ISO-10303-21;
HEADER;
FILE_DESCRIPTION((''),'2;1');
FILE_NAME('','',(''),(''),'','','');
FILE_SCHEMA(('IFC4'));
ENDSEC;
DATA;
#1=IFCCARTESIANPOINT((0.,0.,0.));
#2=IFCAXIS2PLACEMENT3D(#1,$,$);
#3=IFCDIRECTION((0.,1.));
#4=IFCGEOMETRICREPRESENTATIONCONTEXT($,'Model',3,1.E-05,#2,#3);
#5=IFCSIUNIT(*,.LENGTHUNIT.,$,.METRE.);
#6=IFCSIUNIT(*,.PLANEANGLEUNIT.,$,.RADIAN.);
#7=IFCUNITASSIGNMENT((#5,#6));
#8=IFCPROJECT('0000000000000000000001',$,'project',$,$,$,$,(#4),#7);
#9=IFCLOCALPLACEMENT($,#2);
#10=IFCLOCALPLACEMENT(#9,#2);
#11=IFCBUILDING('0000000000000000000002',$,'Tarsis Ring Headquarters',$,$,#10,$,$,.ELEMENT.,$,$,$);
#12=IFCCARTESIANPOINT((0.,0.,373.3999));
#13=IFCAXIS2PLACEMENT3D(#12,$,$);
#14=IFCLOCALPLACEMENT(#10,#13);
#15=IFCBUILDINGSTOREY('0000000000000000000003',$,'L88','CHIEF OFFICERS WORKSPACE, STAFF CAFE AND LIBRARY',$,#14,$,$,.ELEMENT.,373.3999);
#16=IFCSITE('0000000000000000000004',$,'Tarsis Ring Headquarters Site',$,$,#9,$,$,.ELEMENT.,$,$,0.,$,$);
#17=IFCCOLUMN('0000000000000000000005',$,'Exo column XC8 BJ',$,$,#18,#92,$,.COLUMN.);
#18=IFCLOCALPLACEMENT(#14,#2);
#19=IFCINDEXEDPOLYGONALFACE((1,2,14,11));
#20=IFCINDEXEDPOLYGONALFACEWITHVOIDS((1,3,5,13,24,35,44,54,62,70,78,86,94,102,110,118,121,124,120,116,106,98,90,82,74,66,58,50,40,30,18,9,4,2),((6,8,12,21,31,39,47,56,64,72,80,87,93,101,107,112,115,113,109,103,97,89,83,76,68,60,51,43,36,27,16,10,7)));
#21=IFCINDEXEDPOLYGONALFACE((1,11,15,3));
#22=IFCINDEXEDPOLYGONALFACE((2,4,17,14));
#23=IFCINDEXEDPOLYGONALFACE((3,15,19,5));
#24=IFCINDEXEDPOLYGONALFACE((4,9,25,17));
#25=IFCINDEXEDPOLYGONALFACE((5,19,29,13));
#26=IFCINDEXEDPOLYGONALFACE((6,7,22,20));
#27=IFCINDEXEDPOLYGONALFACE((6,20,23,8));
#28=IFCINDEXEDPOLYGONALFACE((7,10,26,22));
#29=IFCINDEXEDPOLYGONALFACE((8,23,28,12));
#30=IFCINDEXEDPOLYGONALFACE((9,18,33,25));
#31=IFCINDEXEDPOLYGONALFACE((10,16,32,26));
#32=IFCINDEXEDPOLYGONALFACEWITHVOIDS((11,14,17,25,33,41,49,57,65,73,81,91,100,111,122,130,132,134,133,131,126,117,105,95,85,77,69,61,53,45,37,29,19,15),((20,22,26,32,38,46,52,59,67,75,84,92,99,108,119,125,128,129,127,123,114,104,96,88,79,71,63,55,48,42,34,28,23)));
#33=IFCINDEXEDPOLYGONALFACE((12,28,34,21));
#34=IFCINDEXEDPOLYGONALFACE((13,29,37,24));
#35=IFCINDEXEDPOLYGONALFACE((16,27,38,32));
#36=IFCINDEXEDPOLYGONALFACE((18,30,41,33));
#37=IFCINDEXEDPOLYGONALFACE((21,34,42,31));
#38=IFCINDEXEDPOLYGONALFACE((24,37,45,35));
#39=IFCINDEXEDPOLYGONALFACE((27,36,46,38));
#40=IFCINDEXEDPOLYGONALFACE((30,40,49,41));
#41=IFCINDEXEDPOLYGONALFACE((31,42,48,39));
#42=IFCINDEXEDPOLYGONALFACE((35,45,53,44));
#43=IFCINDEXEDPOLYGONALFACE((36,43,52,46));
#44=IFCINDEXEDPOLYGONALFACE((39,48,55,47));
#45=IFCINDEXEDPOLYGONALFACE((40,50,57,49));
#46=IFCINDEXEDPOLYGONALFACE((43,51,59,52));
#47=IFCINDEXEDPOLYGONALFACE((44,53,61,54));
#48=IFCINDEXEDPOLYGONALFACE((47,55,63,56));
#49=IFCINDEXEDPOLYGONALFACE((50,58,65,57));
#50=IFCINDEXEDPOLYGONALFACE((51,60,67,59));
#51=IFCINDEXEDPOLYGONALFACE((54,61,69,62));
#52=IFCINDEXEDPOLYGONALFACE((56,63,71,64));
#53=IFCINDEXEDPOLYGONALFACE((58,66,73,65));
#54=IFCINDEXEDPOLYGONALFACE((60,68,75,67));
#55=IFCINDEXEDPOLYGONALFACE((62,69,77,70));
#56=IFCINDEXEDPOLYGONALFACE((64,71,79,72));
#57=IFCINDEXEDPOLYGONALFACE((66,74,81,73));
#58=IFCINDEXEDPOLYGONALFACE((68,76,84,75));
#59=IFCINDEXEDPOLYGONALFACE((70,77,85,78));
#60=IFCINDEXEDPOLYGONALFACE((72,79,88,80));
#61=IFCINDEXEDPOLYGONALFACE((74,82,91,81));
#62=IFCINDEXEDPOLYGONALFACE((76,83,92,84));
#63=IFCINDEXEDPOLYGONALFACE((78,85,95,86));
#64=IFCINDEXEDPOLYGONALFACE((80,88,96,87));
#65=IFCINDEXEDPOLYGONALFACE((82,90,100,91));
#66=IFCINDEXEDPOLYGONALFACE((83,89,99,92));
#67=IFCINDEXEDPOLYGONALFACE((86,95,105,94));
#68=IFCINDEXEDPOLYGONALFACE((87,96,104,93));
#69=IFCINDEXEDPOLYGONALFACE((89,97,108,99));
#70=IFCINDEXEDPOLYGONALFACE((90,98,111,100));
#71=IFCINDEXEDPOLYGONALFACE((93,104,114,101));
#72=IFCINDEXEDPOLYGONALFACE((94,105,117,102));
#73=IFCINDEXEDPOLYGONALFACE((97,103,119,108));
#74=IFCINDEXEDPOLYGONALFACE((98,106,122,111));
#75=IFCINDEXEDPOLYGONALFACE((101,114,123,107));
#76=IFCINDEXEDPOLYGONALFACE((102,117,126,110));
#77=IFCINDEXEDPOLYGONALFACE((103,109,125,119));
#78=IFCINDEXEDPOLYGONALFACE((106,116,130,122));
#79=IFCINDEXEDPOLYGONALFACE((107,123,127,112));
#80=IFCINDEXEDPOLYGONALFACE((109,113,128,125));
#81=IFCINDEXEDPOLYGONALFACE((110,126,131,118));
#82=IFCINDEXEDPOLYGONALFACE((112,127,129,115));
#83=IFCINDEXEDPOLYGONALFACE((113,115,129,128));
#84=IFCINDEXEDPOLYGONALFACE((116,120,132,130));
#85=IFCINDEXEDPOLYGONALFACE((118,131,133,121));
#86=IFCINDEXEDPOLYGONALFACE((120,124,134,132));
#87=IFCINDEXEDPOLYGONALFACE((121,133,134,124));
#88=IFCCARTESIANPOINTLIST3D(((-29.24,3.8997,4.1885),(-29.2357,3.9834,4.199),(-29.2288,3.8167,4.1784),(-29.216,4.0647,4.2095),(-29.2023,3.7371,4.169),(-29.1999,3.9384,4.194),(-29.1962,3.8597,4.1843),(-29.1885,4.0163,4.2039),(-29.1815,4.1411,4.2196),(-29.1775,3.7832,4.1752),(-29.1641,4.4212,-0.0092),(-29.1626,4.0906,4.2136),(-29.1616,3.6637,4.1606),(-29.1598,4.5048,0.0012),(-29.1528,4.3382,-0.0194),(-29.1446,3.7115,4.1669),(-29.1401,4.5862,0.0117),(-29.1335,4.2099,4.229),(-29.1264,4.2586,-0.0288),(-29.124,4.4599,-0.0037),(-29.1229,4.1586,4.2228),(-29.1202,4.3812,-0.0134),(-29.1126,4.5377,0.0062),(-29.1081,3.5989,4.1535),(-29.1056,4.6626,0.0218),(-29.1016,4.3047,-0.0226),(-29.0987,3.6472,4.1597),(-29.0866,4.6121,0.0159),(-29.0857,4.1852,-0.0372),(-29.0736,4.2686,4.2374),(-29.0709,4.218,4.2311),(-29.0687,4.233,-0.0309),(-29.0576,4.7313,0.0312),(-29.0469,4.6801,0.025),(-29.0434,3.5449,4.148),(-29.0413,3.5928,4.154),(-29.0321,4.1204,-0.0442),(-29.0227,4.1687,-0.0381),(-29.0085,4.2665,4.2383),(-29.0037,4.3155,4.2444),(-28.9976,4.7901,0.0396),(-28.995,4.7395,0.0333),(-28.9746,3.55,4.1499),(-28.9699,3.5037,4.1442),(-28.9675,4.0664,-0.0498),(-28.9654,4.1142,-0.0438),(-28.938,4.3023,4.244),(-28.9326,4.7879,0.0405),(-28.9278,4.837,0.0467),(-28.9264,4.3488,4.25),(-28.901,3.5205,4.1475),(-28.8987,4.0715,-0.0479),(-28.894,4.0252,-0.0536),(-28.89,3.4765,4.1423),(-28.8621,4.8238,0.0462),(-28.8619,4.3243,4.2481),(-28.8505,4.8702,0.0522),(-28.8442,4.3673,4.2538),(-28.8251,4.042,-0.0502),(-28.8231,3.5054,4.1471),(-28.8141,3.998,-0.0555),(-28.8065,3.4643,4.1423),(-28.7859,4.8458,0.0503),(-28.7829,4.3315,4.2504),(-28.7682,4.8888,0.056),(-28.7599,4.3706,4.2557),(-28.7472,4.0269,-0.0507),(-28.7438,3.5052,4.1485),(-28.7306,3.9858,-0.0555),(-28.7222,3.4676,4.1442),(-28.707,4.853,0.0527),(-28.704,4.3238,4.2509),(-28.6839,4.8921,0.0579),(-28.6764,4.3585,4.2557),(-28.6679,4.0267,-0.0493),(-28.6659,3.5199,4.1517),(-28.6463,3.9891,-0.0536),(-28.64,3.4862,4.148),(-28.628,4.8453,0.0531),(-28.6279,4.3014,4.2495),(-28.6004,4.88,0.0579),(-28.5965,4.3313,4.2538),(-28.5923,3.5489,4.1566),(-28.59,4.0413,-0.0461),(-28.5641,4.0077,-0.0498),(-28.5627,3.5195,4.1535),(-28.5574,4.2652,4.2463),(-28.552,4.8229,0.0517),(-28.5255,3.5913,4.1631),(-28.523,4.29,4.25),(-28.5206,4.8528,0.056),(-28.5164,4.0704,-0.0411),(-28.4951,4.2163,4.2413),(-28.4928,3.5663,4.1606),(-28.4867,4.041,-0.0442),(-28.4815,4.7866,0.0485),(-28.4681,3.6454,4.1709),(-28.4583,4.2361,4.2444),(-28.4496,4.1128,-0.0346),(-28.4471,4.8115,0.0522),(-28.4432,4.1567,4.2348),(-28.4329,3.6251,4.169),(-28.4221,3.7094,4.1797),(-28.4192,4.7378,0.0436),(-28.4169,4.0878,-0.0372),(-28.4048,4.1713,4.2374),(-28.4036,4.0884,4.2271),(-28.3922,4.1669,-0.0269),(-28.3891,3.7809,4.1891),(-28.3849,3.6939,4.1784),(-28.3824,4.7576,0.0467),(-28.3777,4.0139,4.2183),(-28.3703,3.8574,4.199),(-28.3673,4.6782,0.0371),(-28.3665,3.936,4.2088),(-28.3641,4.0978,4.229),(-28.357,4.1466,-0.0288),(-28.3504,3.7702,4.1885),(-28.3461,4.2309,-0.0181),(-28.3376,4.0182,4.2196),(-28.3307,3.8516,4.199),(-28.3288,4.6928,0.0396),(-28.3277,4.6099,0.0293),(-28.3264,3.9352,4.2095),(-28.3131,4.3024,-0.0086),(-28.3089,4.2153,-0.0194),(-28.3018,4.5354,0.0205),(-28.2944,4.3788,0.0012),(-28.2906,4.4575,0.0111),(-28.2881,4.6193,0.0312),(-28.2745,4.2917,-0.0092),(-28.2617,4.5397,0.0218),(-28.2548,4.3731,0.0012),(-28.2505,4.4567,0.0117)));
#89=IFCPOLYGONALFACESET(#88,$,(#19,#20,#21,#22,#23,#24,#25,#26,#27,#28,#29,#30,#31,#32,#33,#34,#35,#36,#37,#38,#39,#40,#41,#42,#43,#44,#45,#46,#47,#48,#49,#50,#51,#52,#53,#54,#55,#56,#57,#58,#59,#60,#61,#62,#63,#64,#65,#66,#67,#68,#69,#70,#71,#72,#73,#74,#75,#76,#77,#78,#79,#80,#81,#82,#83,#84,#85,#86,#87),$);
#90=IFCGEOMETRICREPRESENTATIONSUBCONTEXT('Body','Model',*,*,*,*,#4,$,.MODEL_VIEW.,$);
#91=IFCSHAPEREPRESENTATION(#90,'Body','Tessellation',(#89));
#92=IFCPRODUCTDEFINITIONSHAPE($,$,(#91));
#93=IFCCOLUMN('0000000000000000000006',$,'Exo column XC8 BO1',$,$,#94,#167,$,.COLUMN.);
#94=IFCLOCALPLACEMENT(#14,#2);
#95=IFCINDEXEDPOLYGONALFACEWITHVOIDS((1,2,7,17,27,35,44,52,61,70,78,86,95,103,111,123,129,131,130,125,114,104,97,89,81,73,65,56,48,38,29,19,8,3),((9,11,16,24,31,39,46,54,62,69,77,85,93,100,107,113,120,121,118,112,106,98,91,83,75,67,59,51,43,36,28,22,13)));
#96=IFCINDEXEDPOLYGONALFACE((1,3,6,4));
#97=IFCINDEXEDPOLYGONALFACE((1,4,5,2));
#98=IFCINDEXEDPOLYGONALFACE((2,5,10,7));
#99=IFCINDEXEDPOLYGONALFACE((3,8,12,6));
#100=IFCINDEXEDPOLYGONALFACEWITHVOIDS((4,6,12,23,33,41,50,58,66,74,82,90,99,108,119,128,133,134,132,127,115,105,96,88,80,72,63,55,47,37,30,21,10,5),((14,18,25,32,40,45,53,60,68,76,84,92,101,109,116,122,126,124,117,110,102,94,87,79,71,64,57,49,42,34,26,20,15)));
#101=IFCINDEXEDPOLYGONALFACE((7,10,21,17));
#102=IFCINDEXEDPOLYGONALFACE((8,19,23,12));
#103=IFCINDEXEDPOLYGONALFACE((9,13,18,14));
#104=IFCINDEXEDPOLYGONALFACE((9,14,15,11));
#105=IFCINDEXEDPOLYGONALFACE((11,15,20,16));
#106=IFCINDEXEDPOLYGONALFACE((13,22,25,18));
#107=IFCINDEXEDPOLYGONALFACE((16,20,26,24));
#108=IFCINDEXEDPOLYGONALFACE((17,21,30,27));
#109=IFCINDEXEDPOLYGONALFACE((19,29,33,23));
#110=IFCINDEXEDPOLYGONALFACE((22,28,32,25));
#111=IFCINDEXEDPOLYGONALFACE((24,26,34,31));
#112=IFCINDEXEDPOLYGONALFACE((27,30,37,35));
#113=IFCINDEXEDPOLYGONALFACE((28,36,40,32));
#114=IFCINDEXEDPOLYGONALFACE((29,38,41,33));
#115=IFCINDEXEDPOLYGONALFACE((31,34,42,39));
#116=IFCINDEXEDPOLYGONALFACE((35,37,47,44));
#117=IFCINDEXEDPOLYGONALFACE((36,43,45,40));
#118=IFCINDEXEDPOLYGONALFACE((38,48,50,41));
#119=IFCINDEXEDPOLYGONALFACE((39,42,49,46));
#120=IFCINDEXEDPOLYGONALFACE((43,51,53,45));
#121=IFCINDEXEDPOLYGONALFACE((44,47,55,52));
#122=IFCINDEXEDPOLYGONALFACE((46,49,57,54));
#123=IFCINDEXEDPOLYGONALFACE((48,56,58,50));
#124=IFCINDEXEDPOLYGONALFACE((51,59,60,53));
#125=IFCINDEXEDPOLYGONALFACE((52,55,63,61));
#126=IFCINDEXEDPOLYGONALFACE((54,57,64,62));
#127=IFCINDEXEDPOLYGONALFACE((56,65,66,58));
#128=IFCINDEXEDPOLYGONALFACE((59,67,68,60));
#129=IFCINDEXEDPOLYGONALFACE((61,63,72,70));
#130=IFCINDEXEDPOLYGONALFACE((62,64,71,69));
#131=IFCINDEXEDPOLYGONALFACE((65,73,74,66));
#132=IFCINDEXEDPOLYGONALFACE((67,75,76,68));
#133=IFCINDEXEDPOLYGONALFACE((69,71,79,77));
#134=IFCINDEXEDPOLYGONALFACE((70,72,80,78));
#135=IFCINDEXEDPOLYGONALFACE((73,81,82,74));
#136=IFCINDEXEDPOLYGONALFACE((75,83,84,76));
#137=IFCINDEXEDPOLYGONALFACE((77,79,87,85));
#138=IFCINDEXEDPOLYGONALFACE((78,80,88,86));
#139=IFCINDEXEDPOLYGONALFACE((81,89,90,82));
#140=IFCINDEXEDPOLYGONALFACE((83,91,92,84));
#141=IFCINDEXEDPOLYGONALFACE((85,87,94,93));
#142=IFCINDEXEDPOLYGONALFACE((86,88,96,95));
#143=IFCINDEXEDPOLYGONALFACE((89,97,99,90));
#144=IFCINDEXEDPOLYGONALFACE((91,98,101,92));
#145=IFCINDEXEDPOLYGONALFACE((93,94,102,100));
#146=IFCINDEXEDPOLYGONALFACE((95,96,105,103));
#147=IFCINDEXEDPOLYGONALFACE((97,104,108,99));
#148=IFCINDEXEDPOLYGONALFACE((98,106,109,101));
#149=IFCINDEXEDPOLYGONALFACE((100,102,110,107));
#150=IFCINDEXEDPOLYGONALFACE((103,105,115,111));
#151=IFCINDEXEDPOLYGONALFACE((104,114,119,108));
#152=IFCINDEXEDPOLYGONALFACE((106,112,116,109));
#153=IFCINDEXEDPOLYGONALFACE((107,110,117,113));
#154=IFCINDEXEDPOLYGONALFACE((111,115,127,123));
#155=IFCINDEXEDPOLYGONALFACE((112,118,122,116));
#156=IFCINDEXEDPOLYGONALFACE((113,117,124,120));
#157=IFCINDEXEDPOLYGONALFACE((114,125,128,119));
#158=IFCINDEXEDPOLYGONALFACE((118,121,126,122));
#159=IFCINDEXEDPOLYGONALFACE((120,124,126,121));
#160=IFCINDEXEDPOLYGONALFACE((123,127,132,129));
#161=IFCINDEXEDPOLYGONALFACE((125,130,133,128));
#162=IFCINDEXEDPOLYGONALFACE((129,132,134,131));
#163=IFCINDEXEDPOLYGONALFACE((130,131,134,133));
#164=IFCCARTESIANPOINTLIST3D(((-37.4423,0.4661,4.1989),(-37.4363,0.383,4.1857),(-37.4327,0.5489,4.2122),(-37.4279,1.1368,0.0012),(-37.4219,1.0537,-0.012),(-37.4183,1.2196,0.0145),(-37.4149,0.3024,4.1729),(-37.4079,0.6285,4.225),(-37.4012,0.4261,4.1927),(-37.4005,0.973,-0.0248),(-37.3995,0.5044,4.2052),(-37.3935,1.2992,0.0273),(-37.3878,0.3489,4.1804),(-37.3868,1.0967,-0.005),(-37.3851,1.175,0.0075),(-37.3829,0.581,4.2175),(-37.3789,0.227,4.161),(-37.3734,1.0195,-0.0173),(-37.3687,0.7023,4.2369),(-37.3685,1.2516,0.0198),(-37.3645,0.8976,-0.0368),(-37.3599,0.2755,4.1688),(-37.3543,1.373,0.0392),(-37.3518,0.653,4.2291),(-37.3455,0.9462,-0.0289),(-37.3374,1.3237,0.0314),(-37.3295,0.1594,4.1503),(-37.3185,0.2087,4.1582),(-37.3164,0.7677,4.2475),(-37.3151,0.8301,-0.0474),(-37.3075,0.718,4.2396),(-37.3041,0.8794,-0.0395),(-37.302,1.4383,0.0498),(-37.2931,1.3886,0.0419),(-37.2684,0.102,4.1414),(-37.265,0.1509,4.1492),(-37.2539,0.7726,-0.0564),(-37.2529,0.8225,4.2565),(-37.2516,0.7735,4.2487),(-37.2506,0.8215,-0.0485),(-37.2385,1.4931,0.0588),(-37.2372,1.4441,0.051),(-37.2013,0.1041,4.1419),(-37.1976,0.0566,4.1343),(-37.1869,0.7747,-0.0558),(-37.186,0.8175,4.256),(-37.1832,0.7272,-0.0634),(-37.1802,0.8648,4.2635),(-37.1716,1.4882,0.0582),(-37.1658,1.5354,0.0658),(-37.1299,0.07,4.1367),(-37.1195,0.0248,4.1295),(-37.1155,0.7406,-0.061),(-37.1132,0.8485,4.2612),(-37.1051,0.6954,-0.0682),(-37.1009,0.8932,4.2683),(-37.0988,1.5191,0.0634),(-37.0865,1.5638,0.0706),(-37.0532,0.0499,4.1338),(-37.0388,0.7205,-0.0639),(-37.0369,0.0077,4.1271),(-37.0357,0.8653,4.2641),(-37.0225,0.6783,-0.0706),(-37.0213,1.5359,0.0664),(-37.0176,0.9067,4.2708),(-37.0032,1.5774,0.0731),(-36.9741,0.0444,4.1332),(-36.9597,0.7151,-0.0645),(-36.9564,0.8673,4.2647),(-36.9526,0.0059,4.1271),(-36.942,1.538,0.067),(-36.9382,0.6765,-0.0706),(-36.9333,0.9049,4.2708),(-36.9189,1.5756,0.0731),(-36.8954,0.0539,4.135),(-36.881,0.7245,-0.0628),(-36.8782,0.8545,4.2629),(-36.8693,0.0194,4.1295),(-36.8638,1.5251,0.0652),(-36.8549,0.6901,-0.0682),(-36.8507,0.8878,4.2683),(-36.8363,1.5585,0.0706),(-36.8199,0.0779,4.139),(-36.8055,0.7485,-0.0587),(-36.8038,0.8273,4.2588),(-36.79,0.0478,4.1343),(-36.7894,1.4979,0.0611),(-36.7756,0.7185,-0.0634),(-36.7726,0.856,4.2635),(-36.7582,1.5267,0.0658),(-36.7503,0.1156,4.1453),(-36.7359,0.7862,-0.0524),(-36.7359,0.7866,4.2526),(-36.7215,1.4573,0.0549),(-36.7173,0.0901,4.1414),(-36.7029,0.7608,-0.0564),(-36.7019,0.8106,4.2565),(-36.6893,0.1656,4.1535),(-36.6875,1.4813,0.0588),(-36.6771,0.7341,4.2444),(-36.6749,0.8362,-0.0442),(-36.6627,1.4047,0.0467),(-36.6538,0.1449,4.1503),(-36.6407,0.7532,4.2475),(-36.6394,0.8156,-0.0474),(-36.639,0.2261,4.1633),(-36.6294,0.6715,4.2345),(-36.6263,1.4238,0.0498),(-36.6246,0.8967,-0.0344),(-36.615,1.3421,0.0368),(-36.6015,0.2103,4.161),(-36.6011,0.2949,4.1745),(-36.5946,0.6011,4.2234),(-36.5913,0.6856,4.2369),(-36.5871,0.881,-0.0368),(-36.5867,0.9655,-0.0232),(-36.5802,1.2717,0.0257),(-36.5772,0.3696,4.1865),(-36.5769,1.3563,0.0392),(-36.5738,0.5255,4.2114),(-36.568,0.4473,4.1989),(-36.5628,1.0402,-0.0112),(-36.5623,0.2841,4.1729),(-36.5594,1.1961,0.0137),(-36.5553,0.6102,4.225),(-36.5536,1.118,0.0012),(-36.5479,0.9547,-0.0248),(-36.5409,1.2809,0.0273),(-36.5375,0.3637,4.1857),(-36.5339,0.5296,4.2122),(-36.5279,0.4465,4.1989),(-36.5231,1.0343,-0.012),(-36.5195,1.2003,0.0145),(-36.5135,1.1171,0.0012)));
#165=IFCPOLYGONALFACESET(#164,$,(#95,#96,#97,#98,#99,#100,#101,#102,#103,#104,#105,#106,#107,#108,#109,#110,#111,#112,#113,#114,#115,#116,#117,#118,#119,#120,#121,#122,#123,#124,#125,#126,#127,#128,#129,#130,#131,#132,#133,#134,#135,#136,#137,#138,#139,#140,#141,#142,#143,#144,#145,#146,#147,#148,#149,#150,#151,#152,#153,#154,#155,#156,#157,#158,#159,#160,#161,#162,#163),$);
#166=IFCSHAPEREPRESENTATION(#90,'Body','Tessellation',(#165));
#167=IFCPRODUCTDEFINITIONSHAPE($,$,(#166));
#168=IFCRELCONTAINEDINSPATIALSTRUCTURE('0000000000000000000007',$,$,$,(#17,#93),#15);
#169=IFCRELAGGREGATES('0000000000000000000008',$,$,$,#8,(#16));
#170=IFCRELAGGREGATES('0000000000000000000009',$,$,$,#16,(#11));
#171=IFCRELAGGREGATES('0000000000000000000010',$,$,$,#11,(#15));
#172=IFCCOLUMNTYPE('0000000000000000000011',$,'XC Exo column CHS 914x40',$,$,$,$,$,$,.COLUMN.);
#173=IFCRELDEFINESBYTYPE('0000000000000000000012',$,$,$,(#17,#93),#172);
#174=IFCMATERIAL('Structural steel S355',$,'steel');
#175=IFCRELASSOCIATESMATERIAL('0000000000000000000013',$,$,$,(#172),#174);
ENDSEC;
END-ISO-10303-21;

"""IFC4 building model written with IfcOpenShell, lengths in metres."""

from ifc_helpers import new_model, si_unit, direction, frame, origin, origin_2d, place, context, subcontext, project, spatial, hollow_circle, extrude, material, material_profile, profile_set, type_object, element, save


model = new_model("IFC4")

# Units and contexts
model_context = context("Model", 3, precision=1e-05, world=origin(), true_north=direction((0.0, 1.0)))
body_context = subcontext(model_context, "Body", "Model", "MODEL_VIEW")
ifc_project = project(units=[si_unit("LENGTHUNIT", "METRE"), si_unit("PLANEANGLEUNIT", "RADIAN")], contexts=[model_context])

# Site, building, storey
site_placement = place(None, origin())
site = spatial("IfcSite", under=ifc_project, at=site_placement, Name="Tarsis Ring Headquarters Site", CompositionType="ELEMENT", RefElevation=0.0)
building_placement = place(site_placement, origin())
building = spatial("IfcBuilding", under=site, at=building_placement, Name="Tarsis Ring Headquarters", CompositionType="ELEMENT")
storey_placement = place(building_placement, frame((0.0, 0.0, 373.3999)))
storey = spatial("IfcBuildingStorey", under=building, at=storey_placement, Name="L88", Description="CHIEF OFFICERS WORKSPACE, STAFF CAFE AND LIBRARY", CompositionType="ELEMENT", Elevation=373.3999)

# Columns
ifc_material_1 = material(Name="Structural steel S355", Category="steel")
ifc_material_profile_1 = material_profile(ifc_material_1, hollow_circle(Radius=0.457, WallThickness=0.04, at=origin_2d()), Name="CHS 914x40")
ifc_profile_set_1 = profile_set([ifc_material_profile_1], Name="Structural steel S355")
column_type = type_object("IfcColumnType", Name="XC Exo column CHS 914x40", PredefinedType="COLUMN", material=ifc_profile_set_1)
column_1_placement = place(storey_placement, frame((-28.7073, 4.439, 0.0012), z_axis=(-0.017947, -0.123262, 0.992212), x_axis=(0.989566, -0.14408, 0.0)))
element("IfcColumn", 1, at=column_1_placement, inside=storey, type_object=column_type, Name="Exo column XC8 BJ", PredefinedType="COLUMN", context=body_context, shape_type="SweptSolid", body=[
    extrude(hollow_circle(Radius=0.4573, WallThickness=0.04, at=origin_2d()), origin(), (0.0, 0.0, 1.0), 4.2307),
])
column_2_placement = place(storey_placement, frame((-36.9707, 1.127, 0.0012), z_axis=(-0.003388, -0.157763, 0.987471), x_axis=(0.999769, -0.021473, 0.0)))
element("IfcColumn", 2, at=column_2_placement, inside=storey, type_object=column_type, Name="Exo column XC8 BO1", PredefinedType="COLUMN", context=body_context, shape_type="SweptSolid", body=[
    extrude(hollow_circle(Radius=0.4573, WallThickness=0.04, at=origin_2d()), origin(), (0.0, 0.0, 1.0), 4.251),
])

save(model, "model.ifc")
